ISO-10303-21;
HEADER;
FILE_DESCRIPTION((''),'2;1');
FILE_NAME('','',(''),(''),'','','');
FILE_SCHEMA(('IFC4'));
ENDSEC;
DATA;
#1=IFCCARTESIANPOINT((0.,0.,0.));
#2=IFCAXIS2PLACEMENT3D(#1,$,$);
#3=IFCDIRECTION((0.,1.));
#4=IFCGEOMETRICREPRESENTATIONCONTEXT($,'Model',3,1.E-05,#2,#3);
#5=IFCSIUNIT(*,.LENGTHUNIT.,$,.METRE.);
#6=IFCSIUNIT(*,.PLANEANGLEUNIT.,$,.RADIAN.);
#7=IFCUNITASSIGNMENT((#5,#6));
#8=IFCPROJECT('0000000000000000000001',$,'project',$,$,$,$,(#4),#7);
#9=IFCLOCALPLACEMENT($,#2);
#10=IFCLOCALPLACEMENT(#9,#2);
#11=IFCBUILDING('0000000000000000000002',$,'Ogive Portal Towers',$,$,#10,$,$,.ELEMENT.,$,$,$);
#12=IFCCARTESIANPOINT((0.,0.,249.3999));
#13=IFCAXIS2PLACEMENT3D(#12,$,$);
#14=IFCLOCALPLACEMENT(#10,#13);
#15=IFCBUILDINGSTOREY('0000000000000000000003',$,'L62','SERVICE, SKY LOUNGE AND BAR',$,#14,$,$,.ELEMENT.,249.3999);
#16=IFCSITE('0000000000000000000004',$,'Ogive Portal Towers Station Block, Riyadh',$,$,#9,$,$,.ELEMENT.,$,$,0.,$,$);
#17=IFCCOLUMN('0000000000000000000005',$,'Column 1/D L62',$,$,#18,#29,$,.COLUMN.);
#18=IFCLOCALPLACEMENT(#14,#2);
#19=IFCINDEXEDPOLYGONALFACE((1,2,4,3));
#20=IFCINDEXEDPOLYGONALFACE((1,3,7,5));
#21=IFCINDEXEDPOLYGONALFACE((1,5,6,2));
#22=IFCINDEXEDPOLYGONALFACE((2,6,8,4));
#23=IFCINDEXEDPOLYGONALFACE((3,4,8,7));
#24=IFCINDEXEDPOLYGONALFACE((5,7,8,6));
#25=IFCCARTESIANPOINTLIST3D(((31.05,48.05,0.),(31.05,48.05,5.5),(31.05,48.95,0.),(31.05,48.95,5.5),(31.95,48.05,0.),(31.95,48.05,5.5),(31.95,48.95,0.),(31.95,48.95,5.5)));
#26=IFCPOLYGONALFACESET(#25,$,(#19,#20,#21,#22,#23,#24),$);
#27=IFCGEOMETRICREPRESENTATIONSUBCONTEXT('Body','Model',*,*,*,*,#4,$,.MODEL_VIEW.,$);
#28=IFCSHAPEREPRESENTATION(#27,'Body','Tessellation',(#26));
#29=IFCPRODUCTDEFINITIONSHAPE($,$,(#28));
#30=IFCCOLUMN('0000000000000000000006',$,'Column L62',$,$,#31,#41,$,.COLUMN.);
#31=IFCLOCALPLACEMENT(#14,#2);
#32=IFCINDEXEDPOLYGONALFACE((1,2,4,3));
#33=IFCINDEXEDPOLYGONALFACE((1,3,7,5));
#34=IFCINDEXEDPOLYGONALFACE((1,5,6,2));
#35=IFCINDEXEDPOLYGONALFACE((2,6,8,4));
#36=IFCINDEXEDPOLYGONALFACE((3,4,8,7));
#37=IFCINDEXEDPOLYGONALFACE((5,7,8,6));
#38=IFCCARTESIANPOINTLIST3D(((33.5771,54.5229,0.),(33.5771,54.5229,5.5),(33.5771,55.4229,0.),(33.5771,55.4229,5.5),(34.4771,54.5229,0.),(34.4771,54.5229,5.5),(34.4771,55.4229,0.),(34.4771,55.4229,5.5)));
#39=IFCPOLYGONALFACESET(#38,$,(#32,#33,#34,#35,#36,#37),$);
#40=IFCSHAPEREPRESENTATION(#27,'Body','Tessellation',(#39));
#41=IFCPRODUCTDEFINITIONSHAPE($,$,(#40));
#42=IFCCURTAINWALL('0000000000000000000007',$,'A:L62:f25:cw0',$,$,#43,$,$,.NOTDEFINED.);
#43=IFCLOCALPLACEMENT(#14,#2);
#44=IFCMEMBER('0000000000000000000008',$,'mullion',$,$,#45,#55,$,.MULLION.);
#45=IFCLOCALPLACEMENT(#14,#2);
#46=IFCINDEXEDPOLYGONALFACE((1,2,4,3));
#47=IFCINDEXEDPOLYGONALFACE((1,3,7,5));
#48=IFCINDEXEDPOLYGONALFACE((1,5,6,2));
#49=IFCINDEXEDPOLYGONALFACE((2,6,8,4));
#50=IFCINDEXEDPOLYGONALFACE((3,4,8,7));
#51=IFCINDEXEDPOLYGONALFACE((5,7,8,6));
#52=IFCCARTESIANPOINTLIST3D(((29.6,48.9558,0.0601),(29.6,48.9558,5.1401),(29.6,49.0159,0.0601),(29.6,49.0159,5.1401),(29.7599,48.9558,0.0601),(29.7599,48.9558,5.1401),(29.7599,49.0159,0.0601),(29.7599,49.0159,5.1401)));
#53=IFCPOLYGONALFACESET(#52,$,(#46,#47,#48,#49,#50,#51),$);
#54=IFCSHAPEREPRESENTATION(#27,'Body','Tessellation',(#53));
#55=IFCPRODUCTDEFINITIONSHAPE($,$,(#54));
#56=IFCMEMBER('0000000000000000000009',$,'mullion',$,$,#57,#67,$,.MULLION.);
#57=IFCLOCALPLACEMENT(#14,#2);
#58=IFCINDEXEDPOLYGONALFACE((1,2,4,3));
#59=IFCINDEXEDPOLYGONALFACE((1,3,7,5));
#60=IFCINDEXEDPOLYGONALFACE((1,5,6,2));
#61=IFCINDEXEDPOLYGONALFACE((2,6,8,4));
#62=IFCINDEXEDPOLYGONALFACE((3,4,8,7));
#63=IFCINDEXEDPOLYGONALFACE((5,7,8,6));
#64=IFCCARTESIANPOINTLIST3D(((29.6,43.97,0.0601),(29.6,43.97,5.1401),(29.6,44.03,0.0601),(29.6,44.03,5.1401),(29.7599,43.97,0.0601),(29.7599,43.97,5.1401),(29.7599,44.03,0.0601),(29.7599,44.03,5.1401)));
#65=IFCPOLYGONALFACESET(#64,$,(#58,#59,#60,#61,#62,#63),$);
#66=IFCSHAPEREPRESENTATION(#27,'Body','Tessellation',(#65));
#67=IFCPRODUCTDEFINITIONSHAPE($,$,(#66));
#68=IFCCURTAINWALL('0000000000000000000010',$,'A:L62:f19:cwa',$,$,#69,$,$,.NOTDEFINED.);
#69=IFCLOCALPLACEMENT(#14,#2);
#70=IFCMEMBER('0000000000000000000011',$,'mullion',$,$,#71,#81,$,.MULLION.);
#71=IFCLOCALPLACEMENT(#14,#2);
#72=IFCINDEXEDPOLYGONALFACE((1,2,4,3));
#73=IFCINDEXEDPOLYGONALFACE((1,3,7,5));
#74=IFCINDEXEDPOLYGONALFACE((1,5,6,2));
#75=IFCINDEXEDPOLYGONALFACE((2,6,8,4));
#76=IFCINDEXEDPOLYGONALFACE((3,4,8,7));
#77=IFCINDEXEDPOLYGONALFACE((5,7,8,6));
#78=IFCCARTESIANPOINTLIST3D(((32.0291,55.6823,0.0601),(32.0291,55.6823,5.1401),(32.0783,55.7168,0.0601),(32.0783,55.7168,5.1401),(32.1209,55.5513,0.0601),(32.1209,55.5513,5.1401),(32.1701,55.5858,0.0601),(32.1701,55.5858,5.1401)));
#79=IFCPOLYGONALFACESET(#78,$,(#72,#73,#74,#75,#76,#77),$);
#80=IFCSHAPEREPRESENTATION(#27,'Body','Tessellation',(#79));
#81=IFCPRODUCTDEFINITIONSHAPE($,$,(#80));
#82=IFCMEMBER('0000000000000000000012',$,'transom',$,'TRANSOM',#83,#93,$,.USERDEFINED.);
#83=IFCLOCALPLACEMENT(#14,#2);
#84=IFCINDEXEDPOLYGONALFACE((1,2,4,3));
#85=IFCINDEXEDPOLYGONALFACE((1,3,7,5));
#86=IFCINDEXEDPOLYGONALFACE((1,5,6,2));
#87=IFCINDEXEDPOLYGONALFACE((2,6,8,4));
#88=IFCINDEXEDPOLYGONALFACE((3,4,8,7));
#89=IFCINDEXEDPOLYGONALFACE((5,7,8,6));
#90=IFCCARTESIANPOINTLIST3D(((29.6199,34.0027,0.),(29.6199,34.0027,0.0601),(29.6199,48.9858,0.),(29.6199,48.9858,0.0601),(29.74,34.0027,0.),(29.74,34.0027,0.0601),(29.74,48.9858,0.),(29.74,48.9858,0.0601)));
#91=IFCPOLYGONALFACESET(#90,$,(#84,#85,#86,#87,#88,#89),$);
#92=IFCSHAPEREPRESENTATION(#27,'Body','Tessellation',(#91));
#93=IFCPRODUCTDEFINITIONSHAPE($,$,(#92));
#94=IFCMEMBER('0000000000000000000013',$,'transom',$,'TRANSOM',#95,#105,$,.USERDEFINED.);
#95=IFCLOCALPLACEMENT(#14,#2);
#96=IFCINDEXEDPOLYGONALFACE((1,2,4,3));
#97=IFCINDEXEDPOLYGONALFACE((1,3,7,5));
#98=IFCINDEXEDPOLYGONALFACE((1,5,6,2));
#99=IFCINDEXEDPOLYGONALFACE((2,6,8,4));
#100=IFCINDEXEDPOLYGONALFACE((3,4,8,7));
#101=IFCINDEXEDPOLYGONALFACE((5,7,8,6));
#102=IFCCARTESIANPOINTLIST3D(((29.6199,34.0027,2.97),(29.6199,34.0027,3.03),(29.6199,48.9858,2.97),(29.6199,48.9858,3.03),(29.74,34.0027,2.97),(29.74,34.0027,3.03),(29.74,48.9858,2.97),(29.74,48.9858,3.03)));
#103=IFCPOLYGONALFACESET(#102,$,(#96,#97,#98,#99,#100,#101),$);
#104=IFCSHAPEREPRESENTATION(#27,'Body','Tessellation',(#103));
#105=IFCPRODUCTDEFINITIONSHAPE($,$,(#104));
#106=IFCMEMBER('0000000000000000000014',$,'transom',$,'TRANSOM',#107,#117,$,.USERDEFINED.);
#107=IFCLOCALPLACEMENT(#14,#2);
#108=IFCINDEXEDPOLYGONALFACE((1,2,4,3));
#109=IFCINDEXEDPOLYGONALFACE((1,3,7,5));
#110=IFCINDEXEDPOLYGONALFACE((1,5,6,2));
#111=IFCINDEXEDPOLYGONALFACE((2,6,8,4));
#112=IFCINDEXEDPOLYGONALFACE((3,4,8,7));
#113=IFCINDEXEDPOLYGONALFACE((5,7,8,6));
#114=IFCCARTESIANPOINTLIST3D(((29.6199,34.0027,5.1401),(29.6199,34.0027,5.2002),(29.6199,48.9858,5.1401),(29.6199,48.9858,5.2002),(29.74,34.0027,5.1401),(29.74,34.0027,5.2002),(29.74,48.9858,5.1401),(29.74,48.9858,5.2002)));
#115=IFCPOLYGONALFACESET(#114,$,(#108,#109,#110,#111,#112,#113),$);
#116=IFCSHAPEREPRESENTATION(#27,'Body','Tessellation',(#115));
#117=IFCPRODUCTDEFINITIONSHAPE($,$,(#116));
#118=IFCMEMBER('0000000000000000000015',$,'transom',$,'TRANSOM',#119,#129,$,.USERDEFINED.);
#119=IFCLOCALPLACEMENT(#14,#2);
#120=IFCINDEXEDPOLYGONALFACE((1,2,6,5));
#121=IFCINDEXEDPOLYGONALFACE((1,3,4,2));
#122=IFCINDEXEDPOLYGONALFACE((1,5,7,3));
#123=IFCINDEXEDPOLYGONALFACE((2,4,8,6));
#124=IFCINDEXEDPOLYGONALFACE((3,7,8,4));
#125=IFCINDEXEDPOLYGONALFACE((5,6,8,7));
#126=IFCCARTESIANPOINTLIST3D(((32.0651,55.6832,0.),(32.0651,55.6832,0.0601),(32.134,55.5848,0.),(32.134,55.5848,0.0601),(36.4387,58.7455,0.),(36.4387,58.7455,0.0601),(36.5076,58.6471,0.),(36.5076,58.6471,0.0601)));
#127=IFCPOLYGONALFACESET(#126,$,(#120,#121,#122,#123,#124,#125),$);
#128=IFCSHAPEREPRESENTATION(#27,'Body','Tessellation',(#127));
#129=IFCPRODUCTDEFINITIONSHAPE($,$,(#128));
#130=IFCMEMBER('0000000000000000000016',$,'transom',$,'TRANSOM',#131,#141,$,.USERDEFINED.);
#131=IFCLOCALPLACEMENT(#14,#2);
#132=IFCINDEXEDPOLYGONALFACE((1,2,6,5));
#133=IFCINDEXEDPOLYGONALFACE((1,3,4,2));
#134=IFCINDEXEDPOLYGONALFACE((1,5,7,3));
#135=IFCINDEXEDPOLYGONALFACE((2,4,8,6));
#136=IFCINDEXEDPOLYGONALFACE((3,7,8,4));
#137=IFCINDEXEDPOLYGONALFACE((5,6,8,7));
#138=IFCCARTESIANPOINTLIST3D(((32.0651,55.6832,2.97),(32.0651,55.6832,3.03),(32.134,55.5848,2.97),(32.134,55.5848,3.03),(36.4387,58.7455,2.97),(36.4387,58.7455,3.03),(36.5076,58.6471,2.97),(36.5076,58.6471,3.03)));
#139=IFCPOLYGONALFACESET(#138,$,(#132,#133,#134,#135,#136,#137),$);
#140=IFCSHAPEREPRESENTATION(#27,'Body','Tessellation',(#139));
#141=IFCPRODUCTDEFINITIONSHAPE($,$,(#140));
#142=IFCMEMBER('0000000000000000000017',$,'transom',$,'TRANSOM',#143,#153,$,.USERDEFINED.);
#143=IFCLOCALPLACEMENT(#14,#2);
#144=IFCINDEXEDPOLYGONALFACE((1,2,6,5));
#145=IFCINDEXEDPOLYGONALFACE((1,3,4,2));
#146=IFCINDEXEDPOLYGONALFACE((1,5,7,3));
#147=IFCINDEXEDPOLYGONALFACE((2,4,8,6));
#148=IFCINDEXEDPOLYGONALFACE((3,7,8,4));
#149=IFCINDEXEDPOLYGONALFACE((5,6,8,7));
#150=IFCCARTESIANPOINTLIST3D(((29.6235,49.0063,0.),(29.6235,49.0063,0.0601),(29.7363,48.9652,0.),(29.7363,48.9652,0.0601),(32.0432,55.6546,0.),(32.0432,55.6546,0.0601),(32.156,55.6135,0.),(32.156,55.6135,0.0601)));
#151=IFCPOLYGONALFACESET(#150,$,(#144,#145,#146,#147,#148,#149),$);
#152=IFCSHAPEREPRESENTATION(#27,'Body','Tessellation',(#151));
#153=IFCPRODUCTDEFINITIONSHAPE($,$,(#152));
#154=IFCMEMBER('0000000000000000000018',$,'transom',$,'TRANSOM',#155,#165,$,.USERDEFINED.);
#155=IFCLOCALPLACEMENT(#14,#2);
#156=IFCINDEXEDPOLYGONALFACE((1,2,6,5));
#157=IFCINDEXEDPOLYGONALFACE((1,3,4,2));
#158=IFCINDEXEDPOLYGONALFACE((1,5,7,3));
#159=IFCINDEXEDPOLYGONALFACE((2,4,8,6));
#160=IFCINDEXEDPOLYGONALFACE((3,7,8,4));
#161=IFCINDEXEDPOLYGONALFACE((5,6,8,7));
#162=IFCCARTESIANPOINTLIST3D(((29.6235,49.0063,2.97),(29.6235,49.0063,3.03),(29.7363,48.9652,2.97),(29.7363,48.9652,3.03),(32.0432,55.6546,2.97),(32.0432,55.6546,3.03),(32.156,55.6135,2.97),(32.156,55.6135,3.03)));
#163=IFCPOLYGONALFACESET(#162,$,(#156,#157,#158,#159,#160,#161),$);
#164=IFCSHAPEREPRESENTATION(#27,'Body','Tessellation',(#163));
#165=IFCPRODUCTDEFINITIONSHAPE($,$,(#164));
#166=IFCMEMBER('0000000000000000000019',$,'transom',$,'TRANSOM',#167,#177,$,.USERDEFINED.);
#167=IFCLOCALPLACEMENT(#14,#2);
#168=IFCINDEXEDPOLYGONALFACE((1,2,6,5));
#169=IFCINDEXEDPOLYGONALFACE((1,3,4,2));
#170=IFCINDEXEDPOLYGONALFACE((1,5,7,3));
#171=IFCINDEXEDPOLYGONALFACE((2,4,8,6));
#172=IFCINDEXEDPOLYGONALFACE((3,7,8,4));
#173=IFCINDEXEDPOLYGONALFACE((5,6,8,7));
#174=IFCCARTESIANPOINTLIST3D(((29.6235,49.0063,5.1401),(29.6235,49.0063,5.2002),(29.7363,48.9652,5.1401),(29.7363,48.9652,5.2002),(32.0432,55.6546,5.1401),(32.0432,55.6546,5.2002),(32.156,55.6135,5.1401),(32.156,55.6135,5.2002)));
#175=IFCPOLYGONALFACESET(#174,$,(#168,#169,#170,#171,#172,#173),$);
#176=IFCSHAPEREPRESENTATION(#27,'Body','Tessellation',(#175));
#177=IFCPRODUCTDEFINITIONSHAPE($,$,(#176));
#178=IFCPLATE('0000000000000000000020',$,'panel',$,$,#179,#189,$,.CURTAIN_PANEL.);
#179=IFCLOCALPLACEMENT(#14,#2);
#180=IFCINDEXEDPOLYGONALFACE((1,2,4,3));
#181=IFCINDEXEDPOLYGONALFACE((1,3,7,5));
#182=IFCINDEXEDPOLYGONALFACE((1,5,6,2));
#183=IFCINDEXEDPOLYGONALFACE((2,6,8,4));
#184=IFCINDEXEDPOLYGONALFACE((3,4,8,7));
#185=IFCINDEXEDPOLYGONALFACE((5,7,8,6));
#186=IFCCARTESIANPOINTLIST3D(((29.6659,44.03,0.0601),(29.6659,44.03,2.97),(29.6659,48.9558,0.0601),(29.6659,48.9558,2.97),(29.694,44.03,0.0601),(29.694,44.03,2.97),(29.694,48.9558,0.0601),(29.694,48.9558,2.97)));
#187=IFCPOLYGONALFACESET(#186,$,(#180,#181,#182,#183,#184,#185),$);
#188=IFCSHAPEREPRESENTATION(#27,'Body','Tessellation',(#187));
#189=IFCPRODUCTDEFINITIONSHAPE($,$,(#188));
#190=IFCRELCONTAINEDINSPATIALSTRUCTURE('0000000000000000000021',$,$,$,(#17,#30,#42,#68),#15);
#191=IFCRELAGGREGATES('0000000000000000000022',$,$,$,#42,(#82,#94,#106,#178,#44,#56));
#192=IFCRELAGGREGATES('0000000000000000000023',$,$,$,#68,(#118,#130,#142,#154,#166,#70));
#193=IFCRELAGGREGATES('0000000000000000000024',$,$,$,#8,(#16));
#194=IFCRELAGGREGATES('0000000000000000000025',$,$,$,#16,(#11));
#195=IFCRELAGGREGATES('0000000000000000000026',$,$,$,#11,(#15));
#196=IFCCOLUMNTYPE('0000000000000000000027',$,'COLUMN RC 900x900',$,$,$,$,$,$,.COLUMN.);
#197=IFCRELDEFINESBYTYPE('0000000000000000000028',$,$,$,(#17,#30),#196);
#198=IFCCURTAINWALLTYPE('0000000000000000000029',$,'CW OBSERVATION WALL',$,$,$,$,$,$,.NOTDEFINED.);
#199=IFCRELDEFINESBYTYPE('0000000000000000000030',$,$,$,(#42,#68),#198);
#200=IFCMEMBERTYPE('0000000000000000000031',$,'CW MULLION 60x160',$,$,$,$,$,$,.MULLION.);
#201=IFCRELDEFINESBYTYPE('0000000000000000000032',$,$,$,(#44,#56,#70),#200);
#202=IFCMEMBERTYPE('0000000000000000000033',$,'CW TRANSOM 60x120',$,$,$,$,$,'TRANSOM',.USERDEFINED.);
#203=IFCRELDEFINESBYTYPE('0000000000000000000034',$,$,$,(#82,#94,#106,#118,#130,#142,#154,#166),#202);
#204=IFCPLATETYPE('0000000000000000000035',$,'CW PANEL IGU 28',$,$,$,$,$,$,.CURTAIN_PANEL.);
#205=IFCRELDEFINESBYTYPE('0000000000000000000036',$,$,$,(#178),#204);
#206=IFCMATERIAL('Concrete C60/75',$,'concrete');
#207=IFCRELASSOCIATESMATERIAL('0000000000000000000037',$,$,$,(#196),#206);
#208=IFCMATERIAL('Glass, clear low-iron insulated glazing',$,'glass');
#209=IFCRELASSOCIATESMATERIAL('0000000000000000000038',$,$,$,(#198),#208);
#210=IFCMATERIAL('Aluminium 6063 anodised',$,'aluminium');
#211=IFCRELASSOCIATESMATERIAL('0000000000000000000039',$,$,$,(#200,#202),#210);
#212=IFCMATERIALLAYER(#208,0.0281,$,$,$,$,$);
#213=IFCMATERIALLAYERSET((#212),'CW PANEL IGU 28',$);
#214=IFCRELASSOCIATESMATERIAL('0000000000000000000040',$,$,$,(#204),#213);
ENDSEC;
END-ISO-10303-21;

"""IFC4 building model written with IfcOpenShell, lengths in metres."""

from ifc_helpers import new_model, si_unit, direction, frame, origin, origin_2d, place, context, subcontext, project, spatial, rectangle, extrude, material, layer, layer_set, material_profile, profile_set, type_object, element, aggregate, save


model = new_model("IFC4")

# Units and contexts
model_context = context("Model", 3, precision=1e-05, world=origin(), true_north=direction((0.0, 1.0)))
body_context = subcontext(model_context, "Body", "Model", "MODEL_VIEW")
ifc_project = project(units=[si_unit("LENGTHUNIT", "METRE"), si_unit("PLANEANGLEUNIT", "RADIAN")], contexts=[model_context])

# Site, building, storey
site_placement = place(None, origin())
site = spatial("IfcSite", under=ifc_project, at=site_placement, Name="Ogive Portal Towers Station Block, Riyadh", CompositionType="ELEMENT", RefElevation=0.0)
building_placement = place(site_placement, origin())
building = spatial("IfcBuilding", under=site, at=building_placement, Name="Ogive Portal Towers", CompositionType="ELEMENT")
storey_placement = place(building_placement, frame((0.0, 0.0, 249.3999)))
storey = spatial("IfcBuildingStorey", under=building, at=storey_placement, Name="L62", Description="SERVICE, SKY LOUNGE AND BAR", CompositionType="ELEMENT", Elevation=249.3999)

# Columns
ifc_material_1 = material(Name="Concrete C60/75", Category="concrete")
ifc_material_profile_1 = material_profile(ifc_material_1, rectangle(XDim=0.8999, YDim=0.8999, at=origin_2d()), Name="RC 900x900")
ifc_profile_set_1 = profile_set([ifc_material_profile_1], Name="Concrete C60/75")
column_type = type_object("IfcColumnType", Name="COLUMN RC 900x900", PredefinedType="COLUMN", material=ifc_profile_set_1)
for number, where, z_axis, x_axis, name in (
    (1, (31.5, 48.5, 0.0), (0.0, 0.0, 1.0), (1.0, 0.0, 0.0), "Column 1/D L62"),
    (2, (34.0271, 54.9729, 0.0), (0.0, 0.0, 1.0), (1.0, 0.0, 0.0), "Column L62"),
):
    element("IfcColumn", number, at=place(storey_placement, frame(where, z_axis=z_axis, x_axis=x_axis)), inside=storey, type_object=column_type, Name=name, PredefinedType="COLUMN", context=body_context, shape_type="SweptSolid", body=[
        extrude(rectangle(XDim=0.8999, YDim=0.8999, at=origin_2d()), origin(), (0.0, 0.0, 1.0), 5.5),
    ])

# Curtain wall, members
ifc_material_2 = material(Name="Glass, clear low-iron insulated glazing", Category="glass")
curtain_wall_type = type_object("IfcCurtainWallType", Name="CW OBSERVATION WALL", PredefinedType="NOTDEFINED", material=ifc_material_2)
curtain_wall_1_placement = place(storey_placement, origin())
curtain_wall_1 = element("IfcCurtainWall", 3, at=curtain_wall_1_placement, inside=storey, type_object=curtain_wall_type, Name="A:L62:f25:cw0", PredefinedType="NOTDEFINED")
ifc_material_3 = material(Name="Aluminium 6063 anodised", Category="aluminium")
ifc_material_profile_2 = material_profile(ifc_material_3, rectangle(XDim=0.1599, YDim=0.0601, at=origin_2d()), Name="AL 60x160")
ifc_profile_set_2 = profile_set([ifc_material_profile_2], Name="Aluminium 6063 anodised")
member_type_1 = type_object("IfcMemberType", Name="CW MULLION 60x160", PredefinedType="MULLION", material=ifc_profile_set_2)
member_1_placement = place(storey_placement, frame((29.6799, 48.9858, 0.0601), z_axis=(0.0, 0.0, 1.0), x_axis=(1.0, 0.0, 0.0)))
member_1 = element("IfcMember", 4, at=member_1_placement, type_object=member_type_1, Name="mullion", PredefinedType="MULLION", context=body_context, shape_type="SweptSolid", body=[
    extrude(rectangle(XDim=0.1599, YDim=0.0601, at=origin_2d()), origin(), (0.0, 0.0, 1.0), 5.0801),
])
member_2_placement = place(storey_placement, frame((29.6799, 44.0, 0.0601), z_axis=(0.0, 0.0, 1.0), x_axis=(1.0, 0.0, 0.0)))
member_2 = element("IfcMember", 5, at=member_2_placement, type_object=member_type_1, Name="mullion", PredefinedType="MULLION", context=body_context, shape_type="SweptSolid", body=[
    extrude(rectangle(XDim=0.1599, YDim=0.0601, at=origin_2d()), origin(), (0.0, 0.0, 1.0), 5.0801),
])

# Curtain wall, member
curtain_wall_2_placement = place(storey_placement, origin())
curtain_wall_2 = element("IfcCurtainWall", 6, at=curtain_wall_2_placement, inside=storey, type_object=curtain_wall_type, Name="A:L62:f19:cwa", PredefinedType="NOTDEFINED")
member_3_placement = place(storey_placement, frame((32.0996, 55.634, 0.0601), z_axis=(0.0, 0.0, 1.0), x_axis=(0.573576, -0.819152, 0.0)))
member_3 = element("IfcMember", 7, at=member_3_placement, type_object=member_type_1, Name="mullion", PredefinedType="MULLION", context=body_context, shape_type="SweptSolid", body=[
    extrude(rectangle(XDim=0.1599, YDim=0.0601, at=origin_2d()), origin(), (0.0, 0.0, 1.0), 5.0801),
])

# Members
ifc_material_profile_3 = material_profile(ifc_material_3, rectangle(XDim=0.1201, YDim=0.0601, at=origin_2d()), Name="AL 120x60")
ifc_profile_set_3 = profile_set([ifc_material_profile_3], Name="Aluminium 6063 anodised")
member_type_2 = type_object("IfcMemberType", Name="CW TRANSOM 60x120", ElementType="TRANSOM", PredefinedType="USERDEFINED", material=ifc_profile_set_3)
member_4_placement = place(storey_placement, frame((29.6799, 48.9858, 0.03), z_axis=(0.0, -1.0, 0.0), x_axis=(1.0, 0.0, 0.0)))
member_4 = element("IfcMember", 8, at=member_4_placement, type_object=member_type_2, Name="transom", ObjectType="TRANSOM", PredefinedType="USERDEFINED", context=body_context, shape_type="SweptSolid", body=[
    extrude(rectangle(XDim=0.1201, YDim=0.0601, at=origin_2d()), origin(), (0.0, 0.0, 1.0), 14.9832),
])
member_5_placement = place(storey_placement, frame((29.6799, 48.9858, 3.0), z_axis=(0.0, -1.0, 0.0), x_axis=(1.0, 0.0, 0.0)))
member_5 = element("IfcMember", 9, at=member_5_placement, type_object=member_type_2, Name="transom", ObjectType="TRANSOM", PredefinedType="USERDEFINED", context=body_context, shape_type="SweptSolid", body=[
    extrude(rectangle(XDim=0.1201, YDim=0.0601, at=origin_2d()), origin(), (0.0, 0.0, 1.0), 14.9832),
])
member_6_placement = place(storey_placement, frame((29.6799, 48.9858, 5.1702), z_axis=(0.0, -1.0, 0.0), x_axis=(1.0, 0.0, 0.0)))
member_6 = element("IfcMember", 10, at=member_6_placement, type_object=member_type_2, Name="transom", ObjectType="TRANSOM", PredefinedType="USERDEFINED", context=body_context, shape_type="SweptSolid", body=[
    extrude(rectangle(XDim=0.1201, YDim=0.0601, at=origin_2d()), origin(), (0.0, 0.0, 1.0), 14.9832),
])
member_7_placement = place(storey_placement, frame((36.4731, 58.6963, 0.03), z_axis=(-0.819163, -0.573561, 0.0), x_axis=(0.573561, -0.819163, 0.0)))
member_7 = element("IfcMember", 11, at=member_7_placement, type_object=member_type_2, Name="transom", ObjectType="TRANSOM", PredefinedType="USERDEFINED", context=body_context, shape_type="SweptSolid", body=[
    extrude(rectangle(XDim=0.1201, YDim=0.0601, at=origin_2d()), origin(), (0.0, 0.0, 1.0), 5.3391),
])
member_8_placement = place(storey_placement, frame((36.4731, 58.6963, 3.0), z_axis=(-0.819163, -0.573561, 0.0), x_axis=(0.573561, -0.819163, 0.0)))
member_8 = element("IfcMember", 12, at=member_8_placement, type_object=member_type_2, Name="transom", ObjectType="TRANSOM", PredefinedType="USERDEFINED", context=body_context, shape_type="SweptSolid", body=[
    extrude(rectangle(XDim=0.1201, YDim=0.0601, at=origin_2d()), origin(), (0.0, 0.0, 1.0), 5.3391),
])
member_9_placement = place(storey_placement, frame((32.0996, 55.634, 0.03), z_axis=(-0.342012, -0.939696, 0.0), x_axis=(0.939696, -0.342012, 0.0)))
member_9 = element("IfcMember", 13, at=member_9_placement, type_object=member_type_2, Name="transom", ObjectType="TRANSOM", PredefinedType="USERDEFINED", context=body_context, shape_type="SweptSolid", body=[
    extrude(rectangle(XDim=0.1201, YDim=0.0601, at=origin_2d()), origin(), (0.0, 0.0, 1.0), 7.075),
])
member_10_placement = place(storey_placement, frame((32.0996, 55.634, 3.0), z_axis=(-0.342012, -0.939696, 0.0), x_axis=(0.939696, -0.342012, 0.0)))
member_10 = element("IfcMember", 14, at=member_10_placement, type_object=member_type_2, Name="transom", ObjectType="TRANSOM", PredefinedType="USERDEFINED", context=body_context, shape_type="SweptSolid", body=[
    extrude(rectangle(XDim=0.1201, YDim=0.0601, at=origin_2d()), origin(), (0.0, 0.0, 1.0), 7.075),
])
member_11_placement = place(storey_placement, frame((32.0996, 55.634, 5.1702), z_axis=(-0.342012, -0.939696, 0.0), x_axis=(0.939696, -0.342012, 0.0)))
member_11 = element("IfcMember", 15, at=member_11_placement, type_object=member_type_2, Name="transom", ObjectType="TRANSOM", PredefinedType="USERDEFINED", context=body_context, shape_type="SweptSolid", body=[
    extrude(rectangle(XDim=0.1201, YDim=0.0601, at=origin_2d()), origin(), (0.0, 0.0, 1.0), 7.075),
])

# Plate
ifc_layer_1 = layer(ifc_material_2, 0.0281)
ifc_layer_set_1 = layer_set([ifc_layer_1], Name="CW PANEL IGU 28")
plate_type = type_object("IfcPlateType", Name="CW PANEL IGU 28", PredefinedType="CURTAIN_PANEL", material=ifc_layer_set_1)
plate_1_placement = place(storey_placement, frame((29.6799, 46.4929, 0.0601), z_axis=(0.0, 0.0, 1.0), x_axis=(0.0, -1.0, 0.0)))
plate_1 = element("IfcPlate", 16, at=plate_1_placement, type_object=plate_type, Name="panel", PredefinedType="CURTAIN_PANEL", context=body_context, shape_type="SweptSolid", body=[
    extrude(rectangle(XDim=4.9258, YDim=0.0281, at=origin_2d()), origin(), (0.0, 0.0, 1.0), 2.9099),
])
aggregate(curtain_wall_1, [member_4, member_5, member_6, plate_1, member_1, member_2])
aggregate(curtain_wall_2, [member_7, member_8, member_9, member_10, member_11, member_3])

save(model, "model.ifc")
